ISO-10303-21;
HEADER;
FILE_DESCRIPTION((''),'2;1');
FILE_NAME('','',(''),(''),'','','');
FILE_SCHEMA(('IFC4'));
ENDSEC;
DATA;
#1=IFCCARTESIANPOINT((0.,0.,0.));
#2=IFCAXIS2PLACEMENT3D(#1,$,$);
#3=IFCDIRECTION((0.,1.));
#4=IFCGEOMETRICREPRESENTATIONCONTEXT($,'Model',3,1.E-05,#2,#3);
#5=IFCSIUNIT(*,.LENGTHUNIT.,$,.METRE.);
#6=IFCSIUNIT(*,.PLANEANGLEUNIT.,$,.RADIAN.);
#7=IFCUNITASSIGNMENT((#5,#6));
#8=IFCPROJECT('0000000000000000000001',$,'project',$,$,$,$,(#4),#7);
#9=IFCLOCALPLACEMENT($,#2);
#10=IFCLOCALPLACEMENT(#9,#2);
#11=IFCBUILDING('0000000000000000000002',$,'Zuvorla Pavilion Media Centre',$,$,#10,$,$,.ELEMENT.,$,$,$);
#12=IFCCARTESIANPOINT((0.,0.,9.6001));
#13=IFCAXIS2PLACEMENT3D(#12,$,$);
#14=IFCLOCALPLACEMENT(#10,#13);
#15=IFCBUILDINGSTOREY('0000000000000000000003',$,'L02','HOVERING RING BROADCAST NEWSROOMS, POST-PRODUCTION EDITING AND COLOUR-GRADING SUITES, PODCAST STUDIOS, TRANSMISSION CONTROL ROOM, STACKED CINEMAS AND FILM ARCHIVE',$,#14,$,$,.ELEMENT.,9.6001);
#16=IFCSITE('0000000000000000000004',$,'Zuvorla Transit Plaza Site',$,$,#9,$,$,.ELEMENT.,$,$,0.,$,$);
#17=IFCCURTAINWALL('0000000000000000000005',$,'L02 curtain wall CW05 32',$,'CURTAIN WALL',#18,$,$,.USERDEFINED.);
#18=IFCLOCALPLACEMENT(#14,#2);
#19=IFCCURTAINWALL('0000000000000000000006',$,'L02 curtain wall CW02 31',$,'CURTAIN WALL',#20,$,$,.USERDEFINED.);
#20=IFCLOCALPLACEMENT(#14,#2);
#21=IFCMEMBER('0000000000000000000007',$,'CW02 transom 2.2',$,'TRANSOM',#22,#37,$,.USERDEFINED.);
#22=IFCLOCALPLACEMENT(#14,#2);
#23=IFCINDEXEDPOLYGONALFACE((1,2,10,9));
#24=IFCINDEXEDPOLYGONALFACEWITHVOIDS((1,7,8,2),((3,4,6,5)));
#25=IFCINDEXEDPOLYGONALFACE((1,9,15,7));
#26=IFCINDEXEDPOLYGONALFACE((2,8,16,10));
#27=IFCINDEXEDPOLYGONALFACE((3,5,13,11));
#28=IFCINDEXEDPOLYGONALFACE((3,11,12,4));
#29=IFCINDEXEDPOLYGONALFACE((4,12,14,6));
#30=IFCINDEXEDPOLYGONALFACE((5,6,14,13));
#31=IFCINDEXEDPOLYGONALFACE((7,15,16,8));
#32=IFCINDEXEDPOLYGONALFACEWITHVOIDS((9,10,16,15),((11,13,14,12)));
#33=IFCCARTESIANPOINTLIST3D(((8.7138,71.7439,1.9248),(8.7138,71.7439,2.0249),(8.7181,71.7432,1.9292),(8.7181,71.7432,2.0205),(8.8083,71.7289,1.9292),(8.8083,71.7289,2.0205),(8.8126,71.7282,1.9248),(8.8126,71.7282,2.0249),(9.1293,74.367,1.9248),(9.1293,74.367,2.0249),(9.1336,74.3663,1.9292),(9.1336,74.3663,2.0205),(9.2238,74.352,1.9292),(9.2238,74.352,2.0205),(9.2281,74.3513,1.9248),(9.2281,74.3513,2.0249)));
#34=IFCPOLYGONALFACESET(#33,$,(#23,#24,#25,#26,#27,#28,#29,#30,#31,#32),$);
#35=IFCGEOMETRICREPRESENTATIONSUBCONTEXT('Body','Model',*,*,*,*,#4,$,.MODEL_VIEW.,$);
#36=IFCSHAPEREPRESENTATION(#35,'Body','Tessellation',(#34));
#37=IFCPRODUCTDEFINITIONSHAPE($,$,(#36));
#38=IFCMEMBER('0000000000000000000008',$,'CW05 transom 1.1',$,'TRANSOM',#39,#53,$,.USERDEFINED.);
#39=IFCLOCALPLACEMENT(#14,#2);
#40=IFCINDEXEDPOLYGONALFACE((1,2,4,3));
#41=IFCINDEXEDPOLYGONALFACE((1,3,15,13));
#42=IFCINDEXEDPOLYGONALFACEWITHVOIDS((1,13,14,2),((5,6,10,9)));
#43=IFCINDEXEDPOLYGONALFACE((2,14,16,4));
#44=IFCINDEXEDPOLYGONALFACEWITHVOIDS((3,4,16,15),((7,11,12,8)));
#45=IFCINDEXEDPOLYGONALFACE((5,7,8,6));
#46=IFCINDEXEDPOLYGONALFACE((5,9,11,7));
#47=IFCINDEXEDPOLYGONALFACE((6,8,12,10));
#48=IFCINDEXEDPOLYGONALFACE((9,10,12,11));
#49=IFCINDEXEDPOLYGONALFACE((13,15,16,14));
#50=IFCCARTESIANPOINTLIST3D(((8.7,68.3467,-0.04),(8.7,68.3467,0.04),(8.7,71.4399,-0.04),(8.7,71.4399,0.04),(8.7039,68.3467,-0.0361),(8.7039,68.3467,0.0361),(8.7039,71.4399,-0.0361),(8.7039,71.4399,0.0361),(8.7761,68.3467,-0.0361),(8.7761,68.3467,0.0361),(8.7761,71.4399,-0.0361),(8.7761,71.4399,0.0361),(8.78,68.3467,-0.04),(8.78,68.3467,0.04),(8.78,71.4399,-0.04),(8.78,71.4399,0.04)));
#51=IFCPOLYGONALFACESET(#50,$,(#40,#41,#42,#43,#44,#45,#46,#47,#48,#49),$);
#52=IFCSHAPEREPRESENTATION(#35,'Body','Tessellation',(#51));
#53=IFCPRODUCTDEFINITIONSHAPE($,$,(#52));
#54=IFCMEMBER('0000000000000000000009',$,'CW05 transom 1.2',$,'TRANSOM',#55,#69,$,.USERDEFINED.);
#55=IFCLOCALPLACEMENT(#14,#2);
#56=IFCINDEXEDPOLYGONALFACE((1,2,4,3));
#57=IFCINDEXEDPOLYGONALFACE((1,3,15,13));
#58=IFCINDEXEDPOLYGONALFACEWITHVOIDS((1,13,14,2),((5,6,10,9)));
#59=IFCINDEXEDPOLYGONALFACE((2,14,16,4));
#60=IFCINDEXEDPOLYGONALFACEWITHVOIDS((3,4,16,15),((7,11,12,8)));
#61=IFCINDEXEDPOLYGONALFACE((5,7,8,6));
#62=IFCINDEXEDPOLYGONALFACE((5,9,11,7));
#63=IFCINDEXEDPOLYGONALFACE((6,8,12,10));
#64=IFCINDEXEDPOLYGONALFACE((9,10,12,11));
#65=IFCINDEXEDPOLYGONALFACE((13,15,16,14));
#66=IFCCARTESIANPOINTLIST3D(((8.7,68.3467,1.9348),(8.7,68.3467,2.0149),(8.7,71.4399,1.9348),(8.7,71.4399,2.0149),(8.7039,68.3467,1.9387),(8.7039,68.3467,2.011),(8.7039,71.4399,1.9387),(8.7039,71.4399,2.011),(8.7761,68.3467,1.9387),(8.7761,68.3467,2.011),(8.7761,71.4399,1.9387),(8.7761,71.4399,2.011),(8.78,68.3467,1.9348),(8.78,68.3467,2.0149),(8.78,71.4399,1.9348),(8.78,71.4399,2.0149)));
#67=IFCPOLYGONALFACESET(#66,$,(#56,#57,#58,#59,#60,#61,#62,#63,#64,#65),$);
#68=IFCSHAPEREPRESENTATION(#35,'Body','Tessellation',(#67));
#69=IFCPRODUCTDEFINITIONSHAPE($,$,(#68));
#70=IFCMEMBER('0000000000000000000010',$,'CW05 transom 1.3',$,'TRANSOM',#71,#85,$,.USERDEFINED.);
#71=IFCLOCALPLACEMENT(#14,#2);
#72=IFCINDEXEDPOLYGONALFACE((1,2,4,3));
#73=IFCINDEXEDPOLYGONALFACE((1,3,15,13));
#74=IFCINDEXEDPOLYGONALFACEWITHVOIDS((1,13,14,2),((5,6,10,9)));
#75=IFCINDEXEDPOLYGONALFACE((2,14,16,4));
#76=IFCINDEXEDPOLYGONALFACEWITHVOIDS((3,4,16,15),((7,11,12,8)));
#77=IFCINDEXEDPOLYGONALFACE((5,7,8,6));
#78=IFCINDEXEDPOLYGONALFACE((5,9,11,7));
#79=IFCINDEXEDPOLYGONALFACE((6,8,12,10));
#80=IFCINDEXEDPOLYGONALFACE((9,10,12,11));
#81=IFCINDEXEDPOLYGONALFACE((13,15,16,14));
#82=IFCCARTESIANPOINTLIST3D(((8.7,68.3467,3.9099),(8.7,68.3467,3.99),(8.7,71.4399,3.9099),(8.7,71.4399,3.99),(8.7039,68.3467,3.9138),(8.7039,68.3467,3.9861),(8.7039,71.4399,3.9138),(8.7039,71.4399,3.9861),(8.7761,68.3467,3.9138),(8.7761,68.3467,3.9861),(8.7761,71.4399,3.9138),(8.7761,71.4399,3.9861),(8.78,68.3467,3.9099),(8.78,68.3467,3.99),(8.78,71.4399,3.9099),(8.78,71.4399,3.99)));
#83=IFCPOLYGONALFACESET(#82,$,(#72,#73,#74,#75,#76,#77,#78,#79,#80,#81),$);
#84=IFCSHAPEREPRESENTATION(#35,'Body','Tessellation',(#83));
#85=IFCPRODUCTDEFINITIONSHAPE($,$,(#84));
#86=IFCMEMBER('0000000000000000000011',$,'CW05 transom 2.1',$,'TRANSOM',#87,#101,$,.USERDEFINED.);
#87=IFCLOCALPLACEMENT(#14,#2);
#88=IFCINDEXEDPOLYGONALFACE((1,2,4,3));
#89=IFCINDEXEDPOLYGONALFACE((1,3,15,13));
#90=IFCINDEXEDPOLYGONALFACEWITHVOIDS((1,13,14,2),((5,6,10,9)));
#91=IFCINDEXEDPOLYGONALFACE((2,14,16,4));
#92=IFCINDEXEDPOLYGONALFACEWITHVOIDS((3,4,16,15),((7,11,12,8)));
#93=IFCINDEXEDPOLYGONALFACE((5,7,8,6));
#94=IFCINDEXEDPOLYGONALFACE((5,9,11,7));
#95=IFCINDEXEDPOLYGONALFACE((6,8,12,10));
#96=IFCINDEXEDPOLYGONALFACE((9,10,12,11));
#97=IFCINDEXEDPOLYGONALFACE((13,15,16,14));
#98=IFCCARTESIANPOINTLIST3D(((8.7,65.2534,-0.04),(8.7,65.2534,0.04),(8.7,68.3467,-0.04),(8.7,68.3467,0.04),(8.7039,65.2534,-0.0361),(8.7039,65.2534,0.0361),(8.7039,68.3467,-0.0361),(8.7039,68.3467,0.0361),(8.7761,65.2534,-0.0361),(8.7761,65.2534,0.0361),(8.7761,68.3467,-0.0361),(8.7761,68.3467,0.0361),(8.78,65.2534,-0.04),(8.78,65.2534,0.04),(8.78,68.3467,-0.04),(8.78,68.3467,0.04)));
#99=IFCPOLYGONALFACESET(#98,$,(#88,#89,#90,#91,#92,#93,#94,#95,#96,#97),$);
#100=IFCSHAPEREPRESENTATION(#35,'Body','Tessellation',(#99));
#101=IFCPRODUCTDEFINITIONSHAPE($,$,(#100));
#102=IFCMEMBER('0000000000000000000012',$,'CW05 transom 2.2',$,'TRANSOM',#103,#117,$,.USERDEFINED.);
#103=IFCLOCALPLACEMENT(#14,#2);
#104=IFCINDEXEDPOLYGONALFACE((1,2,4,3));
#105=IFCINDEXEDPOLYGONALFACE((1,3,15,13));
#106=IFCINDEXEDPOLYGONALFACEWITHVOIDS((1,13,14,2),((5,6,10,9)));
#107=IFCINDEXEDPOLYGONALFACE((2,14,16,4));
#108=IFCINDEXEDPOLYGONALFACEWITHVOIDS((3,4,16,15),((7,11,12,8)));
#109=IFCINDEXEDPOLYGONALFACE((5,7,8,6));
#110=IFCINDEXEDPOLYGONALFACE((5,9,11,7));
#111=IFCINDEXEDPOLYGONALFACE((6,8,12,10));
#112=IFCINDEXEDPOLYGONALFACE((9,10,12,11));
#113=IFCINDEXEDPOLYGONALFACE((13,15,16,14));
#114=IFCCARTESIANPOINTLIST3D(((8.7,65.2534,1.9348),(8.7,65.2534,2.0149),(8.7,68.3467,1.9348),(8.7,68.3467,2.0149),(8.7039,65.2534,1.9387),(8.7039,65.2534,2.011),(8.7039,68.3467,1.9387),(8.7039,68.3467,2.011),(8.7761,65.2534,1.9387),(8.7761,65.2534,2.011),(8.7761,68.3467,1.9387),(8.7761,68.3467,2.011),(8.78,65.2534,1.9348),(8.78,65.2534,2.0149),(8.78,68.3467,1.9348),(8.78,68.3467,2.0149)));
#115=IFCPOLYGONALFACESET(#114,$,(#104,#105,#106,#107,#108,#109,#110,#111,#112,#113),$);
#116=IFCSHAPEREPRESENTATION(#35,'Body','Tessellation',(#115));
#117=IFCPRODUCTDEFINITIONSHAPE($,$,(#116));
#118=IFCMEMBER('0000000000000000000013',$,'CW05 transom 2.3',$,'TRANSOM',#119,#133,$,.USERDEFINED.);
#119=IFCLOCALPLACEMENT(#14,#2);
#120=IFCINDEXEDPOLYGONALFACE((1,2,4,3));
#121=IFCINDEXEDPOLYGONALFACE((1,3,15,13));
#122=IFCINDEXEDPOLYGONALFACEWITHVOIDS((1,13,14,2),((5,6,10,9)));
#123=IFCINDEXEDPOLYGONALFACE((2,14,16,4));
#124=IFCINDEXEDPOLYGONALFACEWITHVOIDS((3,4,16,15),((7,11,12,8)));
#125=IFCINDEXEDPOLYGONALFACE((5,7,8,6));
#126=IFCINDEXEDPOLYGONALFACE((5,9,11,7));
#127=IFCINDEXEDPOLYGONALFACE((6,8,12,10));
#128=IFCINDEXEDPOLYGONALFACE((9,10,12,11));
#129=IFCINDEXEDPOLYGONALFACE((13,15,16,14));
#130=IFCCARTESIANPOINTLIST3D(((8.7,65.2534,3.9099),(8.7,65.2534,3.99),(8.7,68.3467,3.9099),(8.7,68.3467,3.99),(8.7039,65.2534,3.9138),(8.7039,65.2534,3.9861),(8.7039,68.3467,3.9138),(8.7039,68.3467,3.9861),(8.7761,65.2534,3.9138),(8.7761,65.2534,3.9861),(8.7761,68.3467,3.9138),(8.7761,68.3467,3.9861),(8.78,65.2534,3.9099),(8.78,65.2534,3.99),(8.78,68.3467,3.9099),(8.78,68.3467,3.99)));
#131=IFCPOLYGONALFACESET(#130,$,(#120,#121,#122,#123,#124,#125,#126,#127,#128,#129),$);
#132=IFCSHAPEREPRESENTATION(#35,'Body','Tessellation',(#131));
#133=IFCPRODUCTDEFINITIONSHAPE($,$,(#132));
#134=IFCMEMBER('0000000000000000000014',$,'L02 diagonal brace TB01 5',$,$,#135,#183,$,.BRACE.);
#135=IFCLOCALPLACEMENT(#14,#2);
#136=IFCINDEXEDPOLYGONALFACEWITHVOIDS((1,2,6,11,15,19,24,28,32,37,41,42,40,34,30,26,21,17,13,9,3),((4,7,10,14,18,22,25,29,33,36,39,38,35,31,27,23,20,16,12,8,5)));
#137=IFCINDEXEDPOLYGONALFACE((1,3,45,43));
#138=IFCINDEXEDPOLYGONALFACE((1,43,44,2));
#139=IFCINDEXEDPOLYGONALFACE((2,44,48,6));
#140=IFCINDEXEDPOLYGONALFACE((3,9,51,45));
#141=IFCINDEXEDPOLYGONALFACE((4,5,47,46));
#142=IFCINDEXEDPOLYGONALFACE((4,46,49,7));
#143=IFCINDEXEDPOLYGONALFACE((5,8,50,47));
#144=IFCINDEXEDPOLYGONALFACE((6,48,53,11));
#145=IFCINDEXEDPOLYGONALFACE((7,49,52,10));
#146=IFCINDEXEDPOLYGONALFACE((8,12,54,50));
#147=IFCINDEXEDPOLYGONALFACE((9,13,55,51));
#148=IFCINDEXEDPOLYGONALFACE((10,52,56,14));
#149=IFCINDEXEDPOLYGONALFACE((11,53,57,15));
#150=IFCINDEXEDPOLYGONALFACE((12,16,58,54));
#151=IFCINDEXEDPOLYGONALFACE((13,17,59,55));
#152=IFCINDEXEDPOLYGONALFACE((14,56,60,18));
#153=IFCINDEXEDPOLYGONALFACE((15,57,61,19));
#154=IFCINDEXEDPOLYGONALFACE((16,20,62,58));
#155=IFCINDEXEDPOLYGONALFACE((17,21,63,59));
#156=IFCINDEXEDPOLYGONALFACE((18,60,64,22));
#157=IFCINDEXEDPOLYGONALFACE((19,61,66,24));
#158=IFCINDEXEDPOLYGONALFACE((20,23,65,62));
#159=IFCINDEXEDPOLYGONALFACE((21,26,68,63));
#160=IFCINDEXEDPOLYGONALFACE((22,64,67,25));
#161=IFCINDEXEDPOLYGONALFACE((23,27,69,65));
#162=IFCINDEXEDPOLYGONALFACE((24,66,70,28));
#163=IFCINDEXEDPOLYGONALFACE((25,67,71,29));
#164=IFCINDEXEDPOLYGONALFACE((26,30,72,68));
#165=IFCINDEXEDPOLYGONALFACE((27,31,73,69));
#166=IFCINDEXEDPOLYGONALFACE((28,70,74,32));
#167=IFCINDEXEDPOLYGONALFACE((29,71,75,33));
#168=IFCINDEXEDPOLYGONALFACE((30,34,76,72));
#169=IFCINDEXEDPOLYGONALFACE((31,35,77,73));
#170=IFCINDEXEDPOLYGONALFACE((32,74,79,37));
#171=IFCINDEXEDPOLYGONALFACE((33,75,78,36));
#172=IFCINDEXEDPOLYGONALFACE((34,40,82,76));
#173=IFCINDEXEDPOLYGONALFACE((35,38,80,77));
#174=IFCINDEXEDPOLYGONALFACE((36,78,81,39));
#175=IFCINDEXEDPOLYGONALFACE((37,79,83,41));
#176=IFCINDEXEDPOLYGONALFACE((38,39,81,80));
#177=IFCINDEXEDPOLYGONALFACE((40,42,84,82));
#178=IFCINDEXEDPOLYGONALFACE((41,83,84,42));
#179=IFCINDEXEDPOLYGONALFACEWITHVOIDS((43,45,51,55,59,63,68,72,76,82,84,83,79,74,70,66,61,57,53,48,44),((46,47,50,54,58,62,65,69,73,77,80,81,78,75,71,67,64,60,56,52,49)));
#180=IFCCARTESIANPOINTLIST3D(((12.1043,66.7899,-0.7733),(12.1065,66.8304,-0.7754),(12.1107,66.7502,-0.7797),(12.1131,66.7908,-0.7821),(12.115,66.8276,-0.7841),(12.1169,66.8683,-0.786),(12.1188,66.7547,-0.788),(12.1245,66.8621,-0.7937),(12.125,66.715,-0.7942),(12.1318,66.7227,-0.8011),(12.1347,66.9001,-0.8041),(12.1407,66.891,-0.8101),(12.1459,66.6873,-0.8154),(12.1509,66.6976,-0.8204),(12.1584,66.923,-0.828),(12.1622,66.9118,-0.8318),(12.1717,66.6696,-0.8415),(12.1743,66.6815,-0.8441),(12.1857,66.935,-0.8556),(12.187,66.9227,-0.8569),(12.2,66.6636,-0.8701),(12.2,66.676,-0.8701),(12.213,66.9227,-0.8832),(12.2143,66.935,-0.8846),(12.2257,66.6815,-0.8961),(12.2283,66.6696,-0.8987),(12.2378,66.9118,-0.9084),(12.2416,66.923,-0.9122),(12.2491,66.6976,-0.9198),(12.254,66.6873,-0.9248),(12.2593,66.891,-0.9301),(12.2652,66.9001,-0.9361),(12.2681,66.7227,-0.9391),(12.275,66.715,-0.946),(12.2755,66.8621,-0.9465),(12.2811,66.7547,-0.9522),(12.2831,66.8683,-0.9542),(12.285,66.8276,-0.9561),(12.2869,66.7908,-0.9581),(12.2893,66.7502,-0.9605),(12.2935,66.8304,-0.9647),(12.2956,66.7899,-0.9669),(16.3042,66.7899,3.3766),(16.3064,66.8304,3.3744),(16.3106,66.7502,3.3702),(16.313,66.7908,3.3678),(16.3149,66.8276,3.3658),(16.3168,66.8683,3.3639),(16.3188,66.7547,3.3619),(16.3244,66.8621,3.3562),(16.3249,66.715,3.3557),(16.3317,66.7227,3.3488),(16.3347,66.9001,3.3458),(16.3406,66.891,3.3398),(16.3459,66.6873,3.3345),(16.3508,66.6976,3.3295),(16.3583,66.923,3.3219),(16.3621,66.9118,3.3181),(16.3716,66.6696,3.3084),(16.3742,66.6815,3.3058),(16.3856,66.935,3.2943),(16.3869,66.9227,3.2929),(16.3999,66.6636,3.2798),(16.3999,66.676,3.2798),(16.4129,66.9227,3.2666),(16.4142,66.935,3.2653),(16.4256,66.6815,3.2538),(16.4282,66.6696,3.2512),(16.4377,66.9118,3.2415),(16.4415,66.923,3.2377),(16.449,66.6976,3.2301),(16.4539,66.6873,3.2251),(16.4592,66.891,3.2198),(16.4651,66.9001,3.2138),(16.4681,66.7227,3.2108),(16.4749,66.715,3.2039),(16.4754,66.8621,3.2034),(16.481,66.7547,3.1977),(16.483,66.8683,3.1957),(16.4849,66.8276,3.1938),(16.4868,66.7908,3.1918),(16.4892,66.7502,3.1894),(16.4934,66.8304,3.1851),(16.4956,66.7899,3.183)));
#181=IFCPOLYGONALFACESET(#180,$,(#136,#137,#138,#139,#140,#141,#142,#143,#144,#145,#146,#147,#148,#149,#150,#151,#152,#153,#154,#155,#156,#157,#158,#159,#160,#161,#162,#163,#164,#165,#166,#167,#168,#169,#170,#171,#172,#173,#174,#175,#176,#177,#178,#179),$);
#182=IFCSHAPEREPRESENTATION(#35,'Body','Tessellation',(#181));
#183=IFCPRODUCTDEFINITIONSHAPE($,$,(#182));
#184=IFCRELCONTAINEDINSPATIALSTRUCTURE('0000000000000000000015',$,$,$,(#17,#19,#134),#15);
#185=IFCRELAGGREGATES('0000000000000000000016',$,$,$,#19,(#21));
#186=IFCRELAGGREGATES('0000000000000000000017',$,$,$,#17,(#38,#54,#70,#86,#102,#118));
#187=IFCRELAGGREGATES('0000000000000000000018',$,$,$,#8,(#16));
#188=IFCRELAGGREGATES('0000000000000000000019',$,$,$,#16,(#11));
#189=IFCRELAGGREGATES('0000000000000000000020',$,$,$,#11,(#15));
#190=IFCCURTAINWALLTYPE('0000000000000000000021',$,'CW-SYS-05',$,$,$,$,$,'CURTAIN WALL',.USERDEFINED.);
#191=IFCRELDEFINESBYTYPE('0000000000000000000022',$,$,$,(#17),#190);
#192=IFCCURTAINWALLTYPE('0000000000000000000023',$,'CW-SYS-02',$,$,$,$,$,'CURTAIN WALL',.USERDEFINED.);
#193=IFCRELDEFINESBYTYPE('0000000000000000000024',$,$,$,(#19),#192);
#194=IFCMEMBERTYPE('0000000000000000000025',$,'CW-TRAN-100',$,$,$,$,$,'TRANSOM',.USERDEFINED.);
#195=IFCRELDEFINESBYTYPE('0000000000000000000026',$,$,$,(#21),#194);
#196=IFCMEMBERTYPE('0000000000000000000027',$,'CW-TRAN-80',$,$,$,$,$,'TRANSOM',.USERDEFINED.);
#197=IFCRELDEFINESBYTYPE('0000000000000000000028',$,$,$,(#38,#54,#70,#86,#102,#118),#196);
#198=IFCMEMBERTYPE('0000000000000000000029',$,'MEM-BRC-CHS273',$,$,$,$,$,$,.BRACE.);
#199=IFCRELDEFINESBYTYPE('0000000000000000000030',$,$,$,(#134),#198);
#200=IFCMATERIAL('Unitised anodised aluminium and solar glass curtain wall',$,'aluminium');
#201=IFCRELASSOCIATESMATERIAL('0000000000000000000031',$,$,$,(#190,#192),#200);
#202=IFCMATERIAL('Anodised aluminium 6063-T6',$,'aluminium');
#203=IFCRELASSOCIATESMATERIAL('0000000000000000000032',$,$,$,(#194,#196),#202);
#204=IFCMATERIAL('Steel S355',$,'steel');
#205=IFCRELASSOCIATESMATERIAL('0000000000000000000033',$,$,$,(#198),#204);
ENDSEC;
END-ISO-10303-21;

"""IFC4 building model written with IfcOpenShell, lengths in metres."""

from ifc_helpers import new_model, si_unit, direction, frame, origin, origin_2d, place, context, subcontext, project, spatial, hollow_rectangle, hollow_circle, extrude, material, material_profile, profile_set, type_object, element, aggregate, save


model = new_model("IFC4")

# Units and contexts
model_context = context("Model", 3, precision=1e-05, world=origin(), true_north=direction((0.0, 1.0)))
body_context = subcontext(model_context, "Body", "Model", "MODEL_VIEW")
ifc_project = project(units=[si_unit("LENGTHUNIT", "METRE"), si_unit("PLANEANGLEUNIT", "RADIAN")], contexts=[model_context])

# Site, building, storey
site_placement = place(None, origin())
site = spatial("IfcSite", under=ifc_project, at=site_placement, Name="Zuvorla Transit Plaza Site", CompositionType="ELEMENT", RefElevation=0.0)
building_placement = place(site_placement, origin())
building = spatial("IfcBuilding", under=site, at=building_placement, Name="Zuvorla Pavilion Media Centre", CompositionType="ELEMENT")
storey_placement = place(building_placement, frame((0.0, 0.0, 9.6001)))
storey = spatial("IfcBuildingStorey", under=building, at=storey_placement, Name="L02", Description="HOVERING RING BROADCAST NEWSROOMS, POST-PRODUCTION EDITING AND COLOUR-GRADING SUITES, PODCAST STUDIOS, TRANSMISSION CONTROL ROOM, STACKED CINEMAS AND FILM ARCHIVE", CompositionType="ELEMENT", Elevation=9.6001)

# Shared definitions
ifc_material_1 = material(Name="Steel S355", Category="steel")

# Curtain walls, member
ifc_material_2 = material(Name="Unitised anodised aluminium and solar glass curtain wall", Category="aluminium")
curtain_wall_type_1 = type_object("IfcCurtainWallType", Name="CW-SYS-05", ElementType="CURTAIN WALL", PredefinedType="USERDEFINED", material=ifc_material_2)
curtain_wall_1_placement = place(storey_placement, origin())
curtain_wall_1 = element("IfcCurtainWall", 1, at=curtain_wall_1_placement, inside=storey, type_object=curtain_wall_type_1, Name="L02 curtain wall CW05 32", ObjectType="CURTAIN WALL", PredefinedType="USERDEFINED")
ifc_material_3 = material(Name="Anodised aluminium 6063-T6", Category="aluminium")
curtain_wall_type_2 = type_object("IfcCurtainWallType", Name="CW-SYS-02", ElementType="CURTAIN WALL", PredefinedType="USERDEFINED", material=ifc_material_2)
curtain_wall_2_placement = place(storey_placement, origin())
curtain_wall_2 = element("IfcCurtainWall", 2, at=curtain_wall_2_placement, inside=storey, type_object=curtain_wall_type_2, Name="L02 curtain wall CW02 31", ObjectType="CURTAIN WALL", PredefinedType="USERDEFINED")
ifc_material_profile_1 = material_profile(ifc_material_3, hollow_rectangle(XDim=0.1001, YDim=0.1001, WallThickness=0.0044, at=origin_2d()), Name="ALU TRAN 100x100")
ifc_profile_set_1 = profile_set([ifc_material_profile_1], Name="Anodised aluminium 6063-T6")
member_type_1 = type_object("IfcMemberType", Name="CW-TRAN-100", ElementType="TRANSOM", PredefinedType="USERDEFINED", material=ifc_profile_set_1)
member_1_placement = place(storey_placement, frame((9.1787, 74.3591, 1.9749), z_axis=(-0.156463, -0.987684, 0.0), x_axis=(0.987684, -0.156463, 0.0)))
member_1 = element("IfcMember", 3, at=member_1_placement, type_object=member_type_1, Name="CW02 transom 2.2", ObjectType="TRANSOM", PredefinedType="USERDEFINED", context=body_context, shape_type="SweptSolid", body=[
    extrude(hollow_rectangle(XDim=0.1001, YDim=0.1001, WallThickness=0.0044, at=origin_2d()), origin(), (0.0, 0.0, 1.0), 2.6558),
])

# Members
ifc_material_profile_2 = material_profile(ifc_material_3, hollow_rectangle(XDim=0.0801, YDim=0.0801, WallThickness=0.0039, at=origin_2d()), Name="ALU TRAN 80x80")
ifc_profile_set_2 = profile_set([ifc_material_profile_2], Name="Anodised aluminium 6063-T6")
member_type_2 = type_object("IfcMemberType", Name="CW-TRAN-80", ElementType="TRANSOM", PredefinedType="USERDEFINED", material=ifc_profile_set_2)
member_2_placement = place(storey_placement, frame((8.74, 71.4399, 0.0), z_axis=(0.0, -1.0, 0.0), x_axis=(1.0, 0.0, 0.0)))
member_2 = element("IfcMember", 4, at=member_2_placement, type_object=member_type_2, Name="CW05 transom 1.1", ObjectType="TRANSOM", PredefinedType="USERDEFINED", context=body_context, shape_type="SweptSolid", body=[
    extrude(hollow_rectangle(XDim=0.0801, YDim=0.0801, WallThickness=0.0039, at=origin_2d()), origin(), (0.0, 0.0, 1.0), 3.0933),
])
member_3_placement = place(storey_placement, frame((8.74, 71.4399, 1.9749), z_axis=(0.0, -1.0, 0.0), x_axis=(1.0, 0.0, 0.0)))
member_3 = element("IfcMember", 5, at=member_3_placement, type_object=member_type_2, Name="CW05 transom 1.2", ObjectType="TRANSOM", PredefinedType="USERDEFINED", context=body_context, shape_type="SweptSolid", body=[
    extrude(hollow_rectangle(XDim=0.0801, YDim=0.0801, WallThickness=0.0039, at=origin_2d()), origin(), (0.0, 0.0, 1.0), 3.0933),
])
member_4_placement = place(storey_placement, frame((8.74, 71.4399, 3.95), z_axis=(0.0, -1.0, 0.0), x_axis=(1.0, 0.0, 0.0)))
member_4 = element("IfcMember", 6, at=member_4_placement, type_object=member_type_2, Name="CW05 transom 1.3", ObjectType="TRANSOM", PredefinedType="USERDEFINED", context=body_context, shape_type="SweptSolid", body=[
    extrude(hollow_rectangle(XDim=0.0801, YDim=0.0801, WallThickness=0.0039, at=origin_2d()), origin(), (0.0, 0.0, 1.0), 3.0933),
])
member_5_placement = place(storey_placement, frame((8.74, 68.3467, 0.0), z_axis=(0.0, -1.0, 0.0), x_axis=(1.0, 0.0, 0.0)))
member_5 = element("IfcMember", 7, at=member_5_placement, type_object=member_type_2, Name="CW05 transom 2.1", ObjectType="TRANSOM", PredefinedType="USERDEFINED", context=body_context, shape_type="SweptSolid", body=[
    extrude(hollow_rectangle(XDim=0.0801, YDim=0.0801, WallThickness=0.0039, at=origin_2d()), origin(), (0.0, 0.0, 1.0), 3.0933),
])
member_6_placement = place(storey_placement, frame((8.74, 68.3467, 1.9749), z_axis=(0.0, -1.0, 0.0), x_axis=(1.0, 0.0, 0.0)))
member_6 = element("IfcMember", 8, at=member_6_placement, type_object=member_type_2, Name="CW05 transom 2.2", ObjectType="TRANSOM", PredefinedType="USERDEFINED", context=body_context, shape_type="SweptSolid", body=[
    extrude(hollow_rectangle(XDim=0.0801, YDim=0.0801, WallThickness=0.0039, at=origin_2d()), origin(), (0.0, 0.0, 1.0), 3.0933),
])
member_7_placement = place(storey_placement, frame((8.74, 68.3467, 3.95), z_axis=(0.0, -1.0, 0.0), x_axis=(1.0, 0.0, 0.0)))
member_7 = element("IfcMember", 9, at=member_7_placement, type_object=member_type_2, Name="CW05 transom 2.3", ObjectType="TRANSOM", PredefinedType="USERDEFINED", context=body_context, shape_type="SweptSolid", body=[
    extrude(hollow_rectangle(XDim=0.0801, YDim=0.0801, WallThickness=0.0039, at=origin_2d()), origin(), (0.0, 0.0, 1.0), 3.0933),
])

# Member
ifc_material_profile_3 = material_profile(ifc_material_1, hollow_circle(Radius=0.1365, WallThickness=0.0125, at=origin_2d()), Name="CHS 273x12.5")
ifc_profile_set_3 = profile_set([ifc_material_profile_3], Name="Steel S355")
member_type_3 = type_object("IfcMemberType", Name="MEM-BRC-CHS273", PredefinedType="BRACE", material=ifc_profile_set_3)
member_8_placement = place(storey_placement, frame((16.3999, 66.8, 3.2798), z_axis=(-0.711332, 0.0, -0.702856), x_axis=(0.0, -1.0, 0.0)))
element("IfcMember", 10, at=member_8_placement, inside=storey, type_object=member_type_3, Name="L02 diagonal brace TB01 5", PredefinedType="BRACE", context=body_context, shape_type="SweptSolid", body=[
    extrude(hollow_circle(Radius=0.1365, WallThickness=0.0125, at=origin_2d()), origin(), (0.0, 0.0, 1.0), 5.9043),
])

aggregate(curtain_wall_2, [member_1])
aggregate(curtain_wall_1, [member_2, member_3, member_4, member_5, member_6, member_7])

save(model, "model.ifc")
